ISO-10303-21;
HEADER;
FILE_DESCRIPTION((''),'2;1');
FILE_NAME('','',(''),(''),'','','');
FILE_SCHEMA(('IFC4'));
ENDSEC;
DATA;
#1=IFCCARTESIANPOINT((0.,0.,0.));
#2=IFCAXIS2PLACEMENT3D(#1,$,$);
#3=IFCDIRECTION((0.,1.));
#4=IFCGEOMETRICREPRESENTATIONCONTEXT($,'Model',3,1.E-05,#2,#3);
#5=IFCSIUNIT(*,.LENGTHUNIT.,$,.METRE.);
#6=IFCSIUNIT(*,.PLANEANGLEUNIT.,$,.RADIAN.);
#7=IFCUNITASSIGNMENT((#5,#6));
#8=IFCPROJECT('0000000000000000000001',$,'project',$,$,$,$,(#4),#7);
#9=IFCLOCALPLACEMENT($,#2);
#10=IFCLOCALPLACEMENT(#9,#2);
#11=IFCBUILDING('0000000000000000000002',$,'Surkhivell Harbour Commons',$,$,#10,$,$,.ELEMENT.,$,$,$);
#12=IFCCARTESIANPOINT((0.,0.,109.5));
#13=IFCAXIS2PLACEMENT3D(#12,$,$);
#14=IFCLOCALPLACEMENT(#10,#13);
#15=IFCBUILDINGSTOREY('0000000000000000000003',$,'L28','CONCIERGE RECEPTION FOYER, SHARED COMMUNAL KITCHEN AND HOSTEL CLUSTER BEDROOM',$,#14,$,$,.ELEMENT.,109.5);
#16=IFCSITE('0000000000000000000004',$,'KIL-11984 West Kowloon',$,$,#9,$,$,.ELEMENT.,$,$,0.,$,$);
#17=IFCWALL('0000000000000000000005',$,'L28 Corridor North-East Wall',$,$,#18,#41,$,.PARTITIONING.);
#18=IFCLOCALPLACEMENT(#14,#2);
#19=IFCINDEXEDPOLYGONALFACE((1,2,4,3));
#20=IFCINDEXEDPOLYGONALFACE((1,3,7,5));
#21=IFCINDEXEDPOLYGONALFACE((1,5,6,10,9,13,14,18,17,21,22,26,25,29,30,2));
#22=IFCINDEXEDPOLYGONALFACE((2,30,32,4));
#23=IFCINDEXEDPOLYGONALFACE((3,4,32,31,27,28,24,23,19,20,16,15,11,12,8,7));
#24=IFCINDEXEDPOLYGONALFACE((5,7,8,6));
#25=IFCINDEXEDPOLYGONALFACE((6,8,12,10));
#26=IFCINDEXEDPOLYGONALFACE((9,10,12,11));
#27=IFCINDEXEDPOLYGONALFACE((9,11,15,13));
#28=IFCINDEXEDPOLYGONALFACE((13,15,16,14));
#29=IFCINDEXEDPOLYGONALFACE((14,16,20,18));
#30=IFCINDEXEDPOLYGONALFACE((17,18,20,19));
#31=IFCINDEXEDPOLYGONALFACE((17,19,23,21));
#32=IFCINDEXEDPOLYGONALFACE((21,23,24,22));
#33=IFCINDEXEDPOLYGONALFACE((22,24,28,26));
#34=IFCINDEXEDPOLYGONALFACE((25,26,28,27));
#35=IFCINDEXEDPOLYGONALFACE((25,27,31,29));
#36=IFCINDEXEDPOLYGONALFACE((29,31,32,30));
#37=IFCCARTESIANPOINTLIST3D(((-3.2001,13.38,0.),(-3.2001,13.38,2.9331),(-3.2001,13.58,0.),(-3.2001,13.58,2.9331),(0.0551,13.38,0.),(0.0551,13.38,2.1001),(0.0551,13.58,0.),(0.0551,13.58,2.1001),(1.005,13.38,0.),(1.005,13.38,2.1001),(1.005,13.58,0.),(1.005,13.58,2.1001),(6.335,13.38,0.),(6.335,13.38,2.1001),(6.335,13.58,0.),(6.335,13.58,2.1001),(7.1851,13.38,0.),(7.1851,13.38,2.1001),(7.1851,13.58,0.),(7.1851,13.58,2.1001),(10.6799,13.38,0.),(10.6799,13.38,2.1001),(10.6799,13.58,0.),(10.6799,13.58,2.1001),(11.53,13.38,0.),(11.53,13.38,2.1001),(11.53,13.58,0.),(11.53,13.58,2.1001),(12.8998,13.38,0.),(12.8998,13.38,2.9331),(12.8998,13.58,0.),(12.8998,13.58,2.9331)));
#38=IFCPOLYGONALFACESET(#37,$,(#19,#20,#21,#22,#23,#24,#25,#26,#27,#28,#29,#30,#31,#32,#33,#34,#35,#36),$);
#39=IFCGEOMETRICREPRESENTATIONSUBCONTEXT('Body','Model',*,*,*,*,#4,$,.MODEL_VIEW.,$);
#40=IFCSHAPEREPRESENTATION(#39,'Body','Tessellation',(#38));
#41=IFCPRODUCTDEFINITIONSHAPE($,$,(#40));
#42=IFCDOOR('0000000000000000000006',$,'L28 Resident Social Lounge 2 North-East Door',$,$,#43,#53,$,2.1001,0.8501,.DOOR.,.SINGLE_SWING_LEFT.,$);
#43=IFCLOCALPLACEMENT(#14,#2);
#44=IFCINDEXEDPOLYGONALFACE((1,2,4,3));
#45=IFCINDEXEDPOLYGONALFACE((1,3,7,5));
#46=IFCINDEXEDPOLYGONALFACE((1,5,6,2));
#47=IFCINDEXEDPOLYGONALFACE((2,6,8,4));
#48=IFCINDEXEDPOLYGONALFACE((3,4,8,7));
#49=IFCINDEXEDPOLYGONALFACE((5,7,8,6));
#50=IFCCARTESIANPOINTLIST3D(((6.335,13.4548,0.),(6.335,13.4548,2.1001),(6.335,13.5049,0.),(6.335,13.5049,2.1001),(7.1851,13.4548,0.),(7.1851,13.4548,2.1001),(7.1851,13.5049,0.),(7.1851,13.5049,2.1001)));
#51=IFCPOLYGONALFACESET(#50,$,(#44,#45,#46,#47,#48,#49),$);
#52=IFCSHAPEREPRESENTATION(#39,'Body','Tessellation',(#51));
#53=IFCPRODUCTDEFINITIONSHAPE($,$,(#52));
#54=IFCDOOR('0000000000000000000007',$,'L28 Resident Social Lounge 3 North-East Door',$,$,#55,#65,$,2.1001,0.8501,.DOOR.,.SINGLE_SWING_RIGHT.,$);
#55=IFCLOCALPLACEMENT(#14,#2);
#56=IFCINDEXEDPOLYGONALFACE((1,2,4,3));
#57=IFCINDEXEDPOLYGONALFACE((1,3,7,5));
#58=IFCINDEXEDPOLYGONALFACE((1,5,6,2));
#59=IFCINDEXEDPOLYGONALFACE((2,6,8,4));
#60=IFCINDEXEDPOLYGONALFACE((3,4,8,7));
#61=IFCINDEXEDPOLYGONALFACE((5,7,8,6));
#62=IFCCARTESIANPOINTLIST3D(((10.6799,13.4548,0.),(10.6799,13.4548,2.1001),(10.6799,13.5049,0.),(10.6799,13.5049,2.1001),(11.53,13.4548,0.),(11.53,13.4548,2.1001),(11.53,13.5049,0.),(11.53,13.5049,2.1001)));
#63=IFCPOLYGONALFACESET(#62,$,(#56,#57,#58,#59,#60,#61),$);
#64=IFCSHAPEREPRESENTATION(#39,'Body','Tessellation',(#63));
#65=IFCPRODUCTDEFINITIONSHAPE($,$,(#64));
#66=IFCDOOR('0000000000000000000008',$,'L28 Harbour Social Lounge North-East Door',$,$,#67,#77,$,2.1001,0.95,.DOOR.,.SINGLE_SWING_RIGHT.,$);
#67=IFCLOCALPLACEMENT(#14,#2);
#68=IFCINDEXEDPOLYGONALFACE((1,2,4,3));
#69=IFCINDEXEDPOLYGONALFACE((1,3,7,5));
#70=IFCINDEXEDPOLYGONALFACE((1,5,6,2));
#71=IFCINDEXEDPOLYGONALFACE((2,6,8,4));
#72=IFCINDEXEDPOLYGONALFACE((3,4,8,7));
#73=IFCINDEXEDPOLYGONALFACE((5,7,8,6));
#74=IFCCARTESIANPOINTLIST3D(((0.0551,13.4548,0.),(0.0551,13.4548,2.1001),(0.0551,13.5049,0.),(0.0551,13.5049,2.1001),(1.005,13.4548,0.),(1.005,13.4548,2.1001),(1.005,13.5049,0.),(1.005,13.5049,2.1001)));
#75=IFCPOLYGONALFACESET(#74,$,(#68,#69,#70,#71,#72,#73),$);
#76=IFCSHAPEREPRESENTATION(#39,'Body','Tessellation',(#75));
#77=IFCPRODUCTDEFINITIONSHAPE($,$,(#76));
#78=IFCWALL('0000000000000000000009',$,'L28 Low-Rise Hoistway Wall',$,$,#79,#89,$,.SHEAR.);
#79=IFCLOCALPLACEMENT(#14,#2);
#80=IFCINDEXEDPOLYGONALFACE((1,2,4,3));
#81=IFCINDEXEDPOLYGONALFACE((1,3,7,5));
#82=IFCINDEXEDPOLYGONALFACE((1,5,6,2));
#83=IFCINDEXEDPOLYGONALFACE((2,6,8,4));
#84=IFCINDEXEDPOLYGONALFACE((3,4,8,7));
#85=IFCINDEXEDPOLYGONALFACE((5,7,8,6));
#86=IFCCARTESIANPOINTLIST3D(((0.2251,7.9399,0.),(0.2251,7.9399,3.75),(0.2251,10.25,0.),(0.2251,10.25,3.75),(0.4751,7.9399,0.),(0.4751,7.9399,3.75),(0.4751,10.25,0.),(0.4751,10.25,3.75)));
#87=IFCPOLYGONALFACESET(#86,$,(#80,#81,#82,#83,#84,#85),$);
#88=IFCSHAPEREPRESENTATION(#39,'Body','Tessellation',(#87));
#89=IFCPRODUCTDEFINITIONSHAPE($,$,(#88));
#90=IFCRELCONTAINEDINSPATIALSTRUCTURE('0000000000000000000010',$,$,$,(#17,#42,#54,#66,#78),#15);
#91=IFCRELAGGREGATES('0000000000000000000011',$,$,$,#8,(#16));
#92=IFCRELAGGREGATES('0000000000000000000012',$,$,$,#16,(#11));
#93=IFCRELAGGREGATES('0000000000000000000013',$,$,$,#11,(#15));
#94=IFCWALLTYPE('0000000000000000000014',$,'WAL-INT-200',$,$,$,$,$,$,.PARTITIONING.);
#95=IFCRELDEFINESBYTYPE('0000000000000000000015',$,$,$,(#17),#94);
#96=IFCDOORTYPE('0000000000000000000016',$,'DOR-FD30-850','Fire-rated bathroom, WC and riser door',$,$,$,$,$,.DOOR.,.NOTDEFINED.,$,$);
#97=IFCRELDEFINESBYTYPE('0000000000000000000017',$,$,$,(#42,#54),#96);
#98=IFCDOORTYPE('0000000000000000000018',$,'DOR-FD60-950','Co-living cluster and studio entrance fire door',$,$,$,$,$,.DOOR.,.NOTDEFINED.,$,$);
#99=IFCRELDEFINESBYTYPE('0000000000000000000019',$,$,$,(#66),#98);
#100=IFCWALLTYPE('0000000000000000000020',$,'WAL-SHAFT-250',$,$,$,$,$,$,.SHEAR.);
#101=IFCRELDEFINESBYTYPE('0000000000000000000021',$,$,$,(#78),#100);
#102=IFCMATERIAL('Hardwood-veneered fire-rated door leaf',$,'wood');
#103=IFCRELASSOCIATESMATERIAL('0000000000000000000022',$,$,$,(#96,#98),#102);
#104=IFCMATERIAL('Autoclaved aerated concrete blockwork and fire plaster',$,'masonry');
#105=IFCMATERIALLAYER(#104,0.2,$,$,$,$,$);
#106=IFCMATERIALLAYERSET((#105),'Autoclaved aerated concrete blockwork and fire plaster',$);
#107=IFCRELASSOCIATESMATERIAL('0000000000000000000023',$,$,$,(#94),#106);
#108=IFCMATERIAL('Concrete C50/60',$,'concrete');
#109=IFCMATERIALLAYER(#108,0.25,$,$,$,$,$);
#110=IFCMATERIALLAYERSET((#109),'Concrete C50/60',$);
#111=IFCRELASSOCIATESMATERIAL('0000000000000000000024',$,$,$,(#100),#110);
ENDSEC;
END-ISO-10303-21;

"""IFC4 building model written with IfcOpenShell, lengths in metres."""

from ifc_helpers import new_model, si_unit, direction, frame, frame_2d, origin, place, context, subcontext, project, spatial, rectangle, extrude, material, layer, layer_set, type_object, element, fill, save


model = new_model("IFC4")

# Units and contexts
model_context = context("Model", 3, precision=1e-05, world=origin(), true_north=direction((0.0, 1.0)))
body_context = subcontext(model_context, "Body", "Model", "MODEL_VIEW")
ifc_project = project(units=[si_unit("LENGTHUNIT", "METRE"), si_unit("PLANEANGLEUNIT", "RADIAN")], contexts=[model_context])

# Site, building, storey
site_placement = place(None, origin())
site = spatial("IfcSite", under=ifc_project, at=site_placement, Name="KIL-11984 West Kowloon", CompositionType="ELEMENT", RefElevation=0.0)
building_placement = place(site_placement, origin())
building = spatial("IfcBuilding", under=site, at=building_placement, Name="Surkhivell Harbour Commons", CompositionType="ELEMENT")
storey_placement = place(building_placement, frame((0.0, 0.0, 109.5)))
storey = spatial("IfcBuildingStorey", under=building, at=storey_placement, Name="L28", Description="CONCIERGE RECEPTION FOYER, SHARED COMMUNAL KITCHEN AND HOSTEL CLUSTER BEDROOM", CompositionType="ELEMENT", Elevation=109.5)

# Shared definitions
ifc_material_1 = material(Name="Hardwood-veneered fire-rated door leaf", Category="wood")
door_type_1 = type_object("IfcDoorType", Name="DOR-FD30-850", Description="Fire-rated bathroom, WC and riser door", OperationType="NOTDEFINED", PredefinedType="DOOR", material=ifc_material_1)

# Wall, openings, doors
ifc_material_2 = material(Name="Autoclaved aerated concrete blockwork and fire plaster", Category="masonry")
ifc_layer_1 = layer(ifc_material_2, 0.2)
ifc_layer_set_1 = layer_set([ifc_layer_1], Name="Autoclaved aerated concrete blockwork and fire plaster")
wall_type_1 = type_object("IfcWallType", Name="WAL-INT-200", PredefinedType="PARTITIONING", material=ifc_layer_set_1)
wall_1_placement = place(storey_placement, frame((-3.2, 13.48, 0.0), z_axis=(0.0, 0.0, 1.0), x_axis=(1.0, 0.0, 0.0)))
wall_1 = element("IfcWall", 1, at=wall_1_placement, inside=storey, type_object=wall_type_1, Name="L28 Corridor North-East Wall", PredefinedType="PARTITIONING", context=body_context, shape_type="SweptSolid", body=[
    extrude(rectangle(XDim=16.0999, YDim=0.2, at=frame_2d((8.0498, 0.0))), origin(), (0.0, 0.0, 1.0), 2.9331),
])
opening_1_placement = place(wall_1_placement, frame((3.2549, 0.0, 0.0)))
opening_1 = element("IfcOpeningElement", 2, at=opening_1_placement, cuts=wall_1, PredefinedType="OPENING", context=body_context, shape_type="SweptSolid", body=[
    extrude(rectangle(XDim=0.95, YDim=2.1001, at=frame_2d((0.4751, 1.05))), frame((0.0, 0.1099, 0.0), z_axis=(0.0, -1.0, 0.0), x_axis=(1.0, 0.0, 0.0)), (0.0, 0.0, 1.0), 0.22),
])
opening_2_placement = place(wall_1_placement, frame((9.5349, 0.0, 0.0)))
opening_2 = element("IfcOpeningElement", 3, at=opening_2_placement, cuts=wall_1, PredefinedType="OPENING", context=body_context, shape_type="SweptSolid", body=[
    extrude(rectangle(XDim=0.8501, YDim=2.1001, at=frame_2d((0.425, 1.05))), frame((0.0, 0.1099, 0.0), z_axis=(0.0, -1.0, 0.0), x_axis=(1.0, 0.0, 0.0)), (0.0, 0.0, 1.0), 0.22),
])
opening_3_placement = place(wall_1_placement, frame((13.8799, 0.0, 0.0)))
opening_3 = element("IfcOpeningElement", 4, at=opening_3_placement, cuts=wall_1, PredefinedType="OPENING", context=body_context, shape_type="SweptSolid", body=[
    extrude(rectangle(XDim=0.8501, YDim=2.1001, at=frame_2d((0.425, 1.05))), frame((0.0, 0.1099, 0.0), z_axis=(0.0, -1.0, 0.0), x_axis=(1.0, 0.0, 0.0)), (0.0, 0.0, 1.0), 0.22),
])
door_1_placement = place(opening_2_placement, origin())
door_1 = element("IfcDoor", 5, at=door_1_placement, inside=storey, type_object=door_type_1, Name="L28 Resident Social Lounge 2 North-East Door", OperationType="SINGLE_SWING_LEFT", OverallHeight=2.1001, OverallWidth=0.8501, PredefinedType="DOOR", context=body_context, shape_type="SweptSolid", body=[
    extrude(rectangle(XDim=0.8501, YDim=2.1001, at=frame_2d((0.425, 1.05))), frame((0.0, 0.0249, 0.0), z_axis=(0.0, -1.0, 0.0), x_axis=(1.0, 0.0, 0.0)), (0.0, 0.0, 1.0), 0.05),
])
fill(opening_2, door_1)
door_2_placement = place(opening_3_placement, origin())
door_2 = element("IfcDoor", 6, at=door_2_placement, inside=storey, type_object=door_type_1, Name="L28 Resident Social Lounge 3 North-East Door", OperationType="SINGLE_SWING_RIGHT", OverallHeight=2.1001, OverallWidth=0.8501, PredefinedType="DOOR", context=body_context, shape_type="SweptSolid", body=[
    extrude(rectangle(XDim=0.8501, YDim=2.1001, at=frame_2d((0.425, 1.05))), frame((0.0, 0.0249, 0.0), z_axis=(0.0, -1.0, 0.0), x_axis=(1.0, 0.0, 0.0)), (0.0, 0.0, 1.0), 0.05),
])
fill(opening_3, door_2)
door_type_2 = type_object("IfcDoorType", Name="DOR-FD60-950", Description="Co-living cluster and studio entrance fire door", OperationType="NOTDEFINED", PredefinedType="DOOR", material=ifc_material_1)
door_3_placement = place(opening_1_placement, origin())
door_3 = element("IfcDoor", 7, at=door_3_placement, inside=storey, type_object=door_type_2, Name="L28 Harbour Social Lounge North-East Door", OperationType="SINGLE_SWING_RIGHT", OverallHeight=2.1001, OverallWidth=0.95, PredefinedType="DOOR", context=body_context, shape_type="SweptSolid", body=[
    extrude(rectangle(XDim=0.95, YDim=2.1001, at=frame_2d((0.4751, 1.05))), frame((0.0, 0.0249, 0.0), z_axis=(0.0, -1.0, 0.0), x_axis=(1.0, 0.0, 0.0)), (0.0, 0.0, 1.0), 0.05),
])
fill(opening_1, door_3)

# Wall
ifc_material_3 = material(Name="Concrete C50/60", Category="concrete")
ifc_layer_2 = layer(ifc_material_3, 0.25)
ifc_layer_set_2 = layer_set([ifc_layer_2], Name="Concrete C50/60")
wall_type_2 = type_object("IfcWallType", Name="WAL-SHAFT-250", PredefinedType="SHEAR", material=ifc_layer_set_2)
wall_2_placement = place(storey_placement, frame((0.3501, 7.9399, 0.0), z_axis=(0.0, 0.0, 1.0), x_axis=(0.0, 1.0, 0.0)))
element("IfcWall", 8, at=wall_2_placement, inside=storey, type_object=wall_type_2, Name="L28 Low-Rise Hoistway Wall", PredefinedType="SHEAR", context=body_context, shape_type="SweptSolid", body=[
    extrude(rectangle(XDim=2.3101, YDim=0.25, at=frame_2d((1.155, 0.0))), origin(), (0.0, 0.0, 1.0), 3.75),
])

save(model, "model.ifc")
